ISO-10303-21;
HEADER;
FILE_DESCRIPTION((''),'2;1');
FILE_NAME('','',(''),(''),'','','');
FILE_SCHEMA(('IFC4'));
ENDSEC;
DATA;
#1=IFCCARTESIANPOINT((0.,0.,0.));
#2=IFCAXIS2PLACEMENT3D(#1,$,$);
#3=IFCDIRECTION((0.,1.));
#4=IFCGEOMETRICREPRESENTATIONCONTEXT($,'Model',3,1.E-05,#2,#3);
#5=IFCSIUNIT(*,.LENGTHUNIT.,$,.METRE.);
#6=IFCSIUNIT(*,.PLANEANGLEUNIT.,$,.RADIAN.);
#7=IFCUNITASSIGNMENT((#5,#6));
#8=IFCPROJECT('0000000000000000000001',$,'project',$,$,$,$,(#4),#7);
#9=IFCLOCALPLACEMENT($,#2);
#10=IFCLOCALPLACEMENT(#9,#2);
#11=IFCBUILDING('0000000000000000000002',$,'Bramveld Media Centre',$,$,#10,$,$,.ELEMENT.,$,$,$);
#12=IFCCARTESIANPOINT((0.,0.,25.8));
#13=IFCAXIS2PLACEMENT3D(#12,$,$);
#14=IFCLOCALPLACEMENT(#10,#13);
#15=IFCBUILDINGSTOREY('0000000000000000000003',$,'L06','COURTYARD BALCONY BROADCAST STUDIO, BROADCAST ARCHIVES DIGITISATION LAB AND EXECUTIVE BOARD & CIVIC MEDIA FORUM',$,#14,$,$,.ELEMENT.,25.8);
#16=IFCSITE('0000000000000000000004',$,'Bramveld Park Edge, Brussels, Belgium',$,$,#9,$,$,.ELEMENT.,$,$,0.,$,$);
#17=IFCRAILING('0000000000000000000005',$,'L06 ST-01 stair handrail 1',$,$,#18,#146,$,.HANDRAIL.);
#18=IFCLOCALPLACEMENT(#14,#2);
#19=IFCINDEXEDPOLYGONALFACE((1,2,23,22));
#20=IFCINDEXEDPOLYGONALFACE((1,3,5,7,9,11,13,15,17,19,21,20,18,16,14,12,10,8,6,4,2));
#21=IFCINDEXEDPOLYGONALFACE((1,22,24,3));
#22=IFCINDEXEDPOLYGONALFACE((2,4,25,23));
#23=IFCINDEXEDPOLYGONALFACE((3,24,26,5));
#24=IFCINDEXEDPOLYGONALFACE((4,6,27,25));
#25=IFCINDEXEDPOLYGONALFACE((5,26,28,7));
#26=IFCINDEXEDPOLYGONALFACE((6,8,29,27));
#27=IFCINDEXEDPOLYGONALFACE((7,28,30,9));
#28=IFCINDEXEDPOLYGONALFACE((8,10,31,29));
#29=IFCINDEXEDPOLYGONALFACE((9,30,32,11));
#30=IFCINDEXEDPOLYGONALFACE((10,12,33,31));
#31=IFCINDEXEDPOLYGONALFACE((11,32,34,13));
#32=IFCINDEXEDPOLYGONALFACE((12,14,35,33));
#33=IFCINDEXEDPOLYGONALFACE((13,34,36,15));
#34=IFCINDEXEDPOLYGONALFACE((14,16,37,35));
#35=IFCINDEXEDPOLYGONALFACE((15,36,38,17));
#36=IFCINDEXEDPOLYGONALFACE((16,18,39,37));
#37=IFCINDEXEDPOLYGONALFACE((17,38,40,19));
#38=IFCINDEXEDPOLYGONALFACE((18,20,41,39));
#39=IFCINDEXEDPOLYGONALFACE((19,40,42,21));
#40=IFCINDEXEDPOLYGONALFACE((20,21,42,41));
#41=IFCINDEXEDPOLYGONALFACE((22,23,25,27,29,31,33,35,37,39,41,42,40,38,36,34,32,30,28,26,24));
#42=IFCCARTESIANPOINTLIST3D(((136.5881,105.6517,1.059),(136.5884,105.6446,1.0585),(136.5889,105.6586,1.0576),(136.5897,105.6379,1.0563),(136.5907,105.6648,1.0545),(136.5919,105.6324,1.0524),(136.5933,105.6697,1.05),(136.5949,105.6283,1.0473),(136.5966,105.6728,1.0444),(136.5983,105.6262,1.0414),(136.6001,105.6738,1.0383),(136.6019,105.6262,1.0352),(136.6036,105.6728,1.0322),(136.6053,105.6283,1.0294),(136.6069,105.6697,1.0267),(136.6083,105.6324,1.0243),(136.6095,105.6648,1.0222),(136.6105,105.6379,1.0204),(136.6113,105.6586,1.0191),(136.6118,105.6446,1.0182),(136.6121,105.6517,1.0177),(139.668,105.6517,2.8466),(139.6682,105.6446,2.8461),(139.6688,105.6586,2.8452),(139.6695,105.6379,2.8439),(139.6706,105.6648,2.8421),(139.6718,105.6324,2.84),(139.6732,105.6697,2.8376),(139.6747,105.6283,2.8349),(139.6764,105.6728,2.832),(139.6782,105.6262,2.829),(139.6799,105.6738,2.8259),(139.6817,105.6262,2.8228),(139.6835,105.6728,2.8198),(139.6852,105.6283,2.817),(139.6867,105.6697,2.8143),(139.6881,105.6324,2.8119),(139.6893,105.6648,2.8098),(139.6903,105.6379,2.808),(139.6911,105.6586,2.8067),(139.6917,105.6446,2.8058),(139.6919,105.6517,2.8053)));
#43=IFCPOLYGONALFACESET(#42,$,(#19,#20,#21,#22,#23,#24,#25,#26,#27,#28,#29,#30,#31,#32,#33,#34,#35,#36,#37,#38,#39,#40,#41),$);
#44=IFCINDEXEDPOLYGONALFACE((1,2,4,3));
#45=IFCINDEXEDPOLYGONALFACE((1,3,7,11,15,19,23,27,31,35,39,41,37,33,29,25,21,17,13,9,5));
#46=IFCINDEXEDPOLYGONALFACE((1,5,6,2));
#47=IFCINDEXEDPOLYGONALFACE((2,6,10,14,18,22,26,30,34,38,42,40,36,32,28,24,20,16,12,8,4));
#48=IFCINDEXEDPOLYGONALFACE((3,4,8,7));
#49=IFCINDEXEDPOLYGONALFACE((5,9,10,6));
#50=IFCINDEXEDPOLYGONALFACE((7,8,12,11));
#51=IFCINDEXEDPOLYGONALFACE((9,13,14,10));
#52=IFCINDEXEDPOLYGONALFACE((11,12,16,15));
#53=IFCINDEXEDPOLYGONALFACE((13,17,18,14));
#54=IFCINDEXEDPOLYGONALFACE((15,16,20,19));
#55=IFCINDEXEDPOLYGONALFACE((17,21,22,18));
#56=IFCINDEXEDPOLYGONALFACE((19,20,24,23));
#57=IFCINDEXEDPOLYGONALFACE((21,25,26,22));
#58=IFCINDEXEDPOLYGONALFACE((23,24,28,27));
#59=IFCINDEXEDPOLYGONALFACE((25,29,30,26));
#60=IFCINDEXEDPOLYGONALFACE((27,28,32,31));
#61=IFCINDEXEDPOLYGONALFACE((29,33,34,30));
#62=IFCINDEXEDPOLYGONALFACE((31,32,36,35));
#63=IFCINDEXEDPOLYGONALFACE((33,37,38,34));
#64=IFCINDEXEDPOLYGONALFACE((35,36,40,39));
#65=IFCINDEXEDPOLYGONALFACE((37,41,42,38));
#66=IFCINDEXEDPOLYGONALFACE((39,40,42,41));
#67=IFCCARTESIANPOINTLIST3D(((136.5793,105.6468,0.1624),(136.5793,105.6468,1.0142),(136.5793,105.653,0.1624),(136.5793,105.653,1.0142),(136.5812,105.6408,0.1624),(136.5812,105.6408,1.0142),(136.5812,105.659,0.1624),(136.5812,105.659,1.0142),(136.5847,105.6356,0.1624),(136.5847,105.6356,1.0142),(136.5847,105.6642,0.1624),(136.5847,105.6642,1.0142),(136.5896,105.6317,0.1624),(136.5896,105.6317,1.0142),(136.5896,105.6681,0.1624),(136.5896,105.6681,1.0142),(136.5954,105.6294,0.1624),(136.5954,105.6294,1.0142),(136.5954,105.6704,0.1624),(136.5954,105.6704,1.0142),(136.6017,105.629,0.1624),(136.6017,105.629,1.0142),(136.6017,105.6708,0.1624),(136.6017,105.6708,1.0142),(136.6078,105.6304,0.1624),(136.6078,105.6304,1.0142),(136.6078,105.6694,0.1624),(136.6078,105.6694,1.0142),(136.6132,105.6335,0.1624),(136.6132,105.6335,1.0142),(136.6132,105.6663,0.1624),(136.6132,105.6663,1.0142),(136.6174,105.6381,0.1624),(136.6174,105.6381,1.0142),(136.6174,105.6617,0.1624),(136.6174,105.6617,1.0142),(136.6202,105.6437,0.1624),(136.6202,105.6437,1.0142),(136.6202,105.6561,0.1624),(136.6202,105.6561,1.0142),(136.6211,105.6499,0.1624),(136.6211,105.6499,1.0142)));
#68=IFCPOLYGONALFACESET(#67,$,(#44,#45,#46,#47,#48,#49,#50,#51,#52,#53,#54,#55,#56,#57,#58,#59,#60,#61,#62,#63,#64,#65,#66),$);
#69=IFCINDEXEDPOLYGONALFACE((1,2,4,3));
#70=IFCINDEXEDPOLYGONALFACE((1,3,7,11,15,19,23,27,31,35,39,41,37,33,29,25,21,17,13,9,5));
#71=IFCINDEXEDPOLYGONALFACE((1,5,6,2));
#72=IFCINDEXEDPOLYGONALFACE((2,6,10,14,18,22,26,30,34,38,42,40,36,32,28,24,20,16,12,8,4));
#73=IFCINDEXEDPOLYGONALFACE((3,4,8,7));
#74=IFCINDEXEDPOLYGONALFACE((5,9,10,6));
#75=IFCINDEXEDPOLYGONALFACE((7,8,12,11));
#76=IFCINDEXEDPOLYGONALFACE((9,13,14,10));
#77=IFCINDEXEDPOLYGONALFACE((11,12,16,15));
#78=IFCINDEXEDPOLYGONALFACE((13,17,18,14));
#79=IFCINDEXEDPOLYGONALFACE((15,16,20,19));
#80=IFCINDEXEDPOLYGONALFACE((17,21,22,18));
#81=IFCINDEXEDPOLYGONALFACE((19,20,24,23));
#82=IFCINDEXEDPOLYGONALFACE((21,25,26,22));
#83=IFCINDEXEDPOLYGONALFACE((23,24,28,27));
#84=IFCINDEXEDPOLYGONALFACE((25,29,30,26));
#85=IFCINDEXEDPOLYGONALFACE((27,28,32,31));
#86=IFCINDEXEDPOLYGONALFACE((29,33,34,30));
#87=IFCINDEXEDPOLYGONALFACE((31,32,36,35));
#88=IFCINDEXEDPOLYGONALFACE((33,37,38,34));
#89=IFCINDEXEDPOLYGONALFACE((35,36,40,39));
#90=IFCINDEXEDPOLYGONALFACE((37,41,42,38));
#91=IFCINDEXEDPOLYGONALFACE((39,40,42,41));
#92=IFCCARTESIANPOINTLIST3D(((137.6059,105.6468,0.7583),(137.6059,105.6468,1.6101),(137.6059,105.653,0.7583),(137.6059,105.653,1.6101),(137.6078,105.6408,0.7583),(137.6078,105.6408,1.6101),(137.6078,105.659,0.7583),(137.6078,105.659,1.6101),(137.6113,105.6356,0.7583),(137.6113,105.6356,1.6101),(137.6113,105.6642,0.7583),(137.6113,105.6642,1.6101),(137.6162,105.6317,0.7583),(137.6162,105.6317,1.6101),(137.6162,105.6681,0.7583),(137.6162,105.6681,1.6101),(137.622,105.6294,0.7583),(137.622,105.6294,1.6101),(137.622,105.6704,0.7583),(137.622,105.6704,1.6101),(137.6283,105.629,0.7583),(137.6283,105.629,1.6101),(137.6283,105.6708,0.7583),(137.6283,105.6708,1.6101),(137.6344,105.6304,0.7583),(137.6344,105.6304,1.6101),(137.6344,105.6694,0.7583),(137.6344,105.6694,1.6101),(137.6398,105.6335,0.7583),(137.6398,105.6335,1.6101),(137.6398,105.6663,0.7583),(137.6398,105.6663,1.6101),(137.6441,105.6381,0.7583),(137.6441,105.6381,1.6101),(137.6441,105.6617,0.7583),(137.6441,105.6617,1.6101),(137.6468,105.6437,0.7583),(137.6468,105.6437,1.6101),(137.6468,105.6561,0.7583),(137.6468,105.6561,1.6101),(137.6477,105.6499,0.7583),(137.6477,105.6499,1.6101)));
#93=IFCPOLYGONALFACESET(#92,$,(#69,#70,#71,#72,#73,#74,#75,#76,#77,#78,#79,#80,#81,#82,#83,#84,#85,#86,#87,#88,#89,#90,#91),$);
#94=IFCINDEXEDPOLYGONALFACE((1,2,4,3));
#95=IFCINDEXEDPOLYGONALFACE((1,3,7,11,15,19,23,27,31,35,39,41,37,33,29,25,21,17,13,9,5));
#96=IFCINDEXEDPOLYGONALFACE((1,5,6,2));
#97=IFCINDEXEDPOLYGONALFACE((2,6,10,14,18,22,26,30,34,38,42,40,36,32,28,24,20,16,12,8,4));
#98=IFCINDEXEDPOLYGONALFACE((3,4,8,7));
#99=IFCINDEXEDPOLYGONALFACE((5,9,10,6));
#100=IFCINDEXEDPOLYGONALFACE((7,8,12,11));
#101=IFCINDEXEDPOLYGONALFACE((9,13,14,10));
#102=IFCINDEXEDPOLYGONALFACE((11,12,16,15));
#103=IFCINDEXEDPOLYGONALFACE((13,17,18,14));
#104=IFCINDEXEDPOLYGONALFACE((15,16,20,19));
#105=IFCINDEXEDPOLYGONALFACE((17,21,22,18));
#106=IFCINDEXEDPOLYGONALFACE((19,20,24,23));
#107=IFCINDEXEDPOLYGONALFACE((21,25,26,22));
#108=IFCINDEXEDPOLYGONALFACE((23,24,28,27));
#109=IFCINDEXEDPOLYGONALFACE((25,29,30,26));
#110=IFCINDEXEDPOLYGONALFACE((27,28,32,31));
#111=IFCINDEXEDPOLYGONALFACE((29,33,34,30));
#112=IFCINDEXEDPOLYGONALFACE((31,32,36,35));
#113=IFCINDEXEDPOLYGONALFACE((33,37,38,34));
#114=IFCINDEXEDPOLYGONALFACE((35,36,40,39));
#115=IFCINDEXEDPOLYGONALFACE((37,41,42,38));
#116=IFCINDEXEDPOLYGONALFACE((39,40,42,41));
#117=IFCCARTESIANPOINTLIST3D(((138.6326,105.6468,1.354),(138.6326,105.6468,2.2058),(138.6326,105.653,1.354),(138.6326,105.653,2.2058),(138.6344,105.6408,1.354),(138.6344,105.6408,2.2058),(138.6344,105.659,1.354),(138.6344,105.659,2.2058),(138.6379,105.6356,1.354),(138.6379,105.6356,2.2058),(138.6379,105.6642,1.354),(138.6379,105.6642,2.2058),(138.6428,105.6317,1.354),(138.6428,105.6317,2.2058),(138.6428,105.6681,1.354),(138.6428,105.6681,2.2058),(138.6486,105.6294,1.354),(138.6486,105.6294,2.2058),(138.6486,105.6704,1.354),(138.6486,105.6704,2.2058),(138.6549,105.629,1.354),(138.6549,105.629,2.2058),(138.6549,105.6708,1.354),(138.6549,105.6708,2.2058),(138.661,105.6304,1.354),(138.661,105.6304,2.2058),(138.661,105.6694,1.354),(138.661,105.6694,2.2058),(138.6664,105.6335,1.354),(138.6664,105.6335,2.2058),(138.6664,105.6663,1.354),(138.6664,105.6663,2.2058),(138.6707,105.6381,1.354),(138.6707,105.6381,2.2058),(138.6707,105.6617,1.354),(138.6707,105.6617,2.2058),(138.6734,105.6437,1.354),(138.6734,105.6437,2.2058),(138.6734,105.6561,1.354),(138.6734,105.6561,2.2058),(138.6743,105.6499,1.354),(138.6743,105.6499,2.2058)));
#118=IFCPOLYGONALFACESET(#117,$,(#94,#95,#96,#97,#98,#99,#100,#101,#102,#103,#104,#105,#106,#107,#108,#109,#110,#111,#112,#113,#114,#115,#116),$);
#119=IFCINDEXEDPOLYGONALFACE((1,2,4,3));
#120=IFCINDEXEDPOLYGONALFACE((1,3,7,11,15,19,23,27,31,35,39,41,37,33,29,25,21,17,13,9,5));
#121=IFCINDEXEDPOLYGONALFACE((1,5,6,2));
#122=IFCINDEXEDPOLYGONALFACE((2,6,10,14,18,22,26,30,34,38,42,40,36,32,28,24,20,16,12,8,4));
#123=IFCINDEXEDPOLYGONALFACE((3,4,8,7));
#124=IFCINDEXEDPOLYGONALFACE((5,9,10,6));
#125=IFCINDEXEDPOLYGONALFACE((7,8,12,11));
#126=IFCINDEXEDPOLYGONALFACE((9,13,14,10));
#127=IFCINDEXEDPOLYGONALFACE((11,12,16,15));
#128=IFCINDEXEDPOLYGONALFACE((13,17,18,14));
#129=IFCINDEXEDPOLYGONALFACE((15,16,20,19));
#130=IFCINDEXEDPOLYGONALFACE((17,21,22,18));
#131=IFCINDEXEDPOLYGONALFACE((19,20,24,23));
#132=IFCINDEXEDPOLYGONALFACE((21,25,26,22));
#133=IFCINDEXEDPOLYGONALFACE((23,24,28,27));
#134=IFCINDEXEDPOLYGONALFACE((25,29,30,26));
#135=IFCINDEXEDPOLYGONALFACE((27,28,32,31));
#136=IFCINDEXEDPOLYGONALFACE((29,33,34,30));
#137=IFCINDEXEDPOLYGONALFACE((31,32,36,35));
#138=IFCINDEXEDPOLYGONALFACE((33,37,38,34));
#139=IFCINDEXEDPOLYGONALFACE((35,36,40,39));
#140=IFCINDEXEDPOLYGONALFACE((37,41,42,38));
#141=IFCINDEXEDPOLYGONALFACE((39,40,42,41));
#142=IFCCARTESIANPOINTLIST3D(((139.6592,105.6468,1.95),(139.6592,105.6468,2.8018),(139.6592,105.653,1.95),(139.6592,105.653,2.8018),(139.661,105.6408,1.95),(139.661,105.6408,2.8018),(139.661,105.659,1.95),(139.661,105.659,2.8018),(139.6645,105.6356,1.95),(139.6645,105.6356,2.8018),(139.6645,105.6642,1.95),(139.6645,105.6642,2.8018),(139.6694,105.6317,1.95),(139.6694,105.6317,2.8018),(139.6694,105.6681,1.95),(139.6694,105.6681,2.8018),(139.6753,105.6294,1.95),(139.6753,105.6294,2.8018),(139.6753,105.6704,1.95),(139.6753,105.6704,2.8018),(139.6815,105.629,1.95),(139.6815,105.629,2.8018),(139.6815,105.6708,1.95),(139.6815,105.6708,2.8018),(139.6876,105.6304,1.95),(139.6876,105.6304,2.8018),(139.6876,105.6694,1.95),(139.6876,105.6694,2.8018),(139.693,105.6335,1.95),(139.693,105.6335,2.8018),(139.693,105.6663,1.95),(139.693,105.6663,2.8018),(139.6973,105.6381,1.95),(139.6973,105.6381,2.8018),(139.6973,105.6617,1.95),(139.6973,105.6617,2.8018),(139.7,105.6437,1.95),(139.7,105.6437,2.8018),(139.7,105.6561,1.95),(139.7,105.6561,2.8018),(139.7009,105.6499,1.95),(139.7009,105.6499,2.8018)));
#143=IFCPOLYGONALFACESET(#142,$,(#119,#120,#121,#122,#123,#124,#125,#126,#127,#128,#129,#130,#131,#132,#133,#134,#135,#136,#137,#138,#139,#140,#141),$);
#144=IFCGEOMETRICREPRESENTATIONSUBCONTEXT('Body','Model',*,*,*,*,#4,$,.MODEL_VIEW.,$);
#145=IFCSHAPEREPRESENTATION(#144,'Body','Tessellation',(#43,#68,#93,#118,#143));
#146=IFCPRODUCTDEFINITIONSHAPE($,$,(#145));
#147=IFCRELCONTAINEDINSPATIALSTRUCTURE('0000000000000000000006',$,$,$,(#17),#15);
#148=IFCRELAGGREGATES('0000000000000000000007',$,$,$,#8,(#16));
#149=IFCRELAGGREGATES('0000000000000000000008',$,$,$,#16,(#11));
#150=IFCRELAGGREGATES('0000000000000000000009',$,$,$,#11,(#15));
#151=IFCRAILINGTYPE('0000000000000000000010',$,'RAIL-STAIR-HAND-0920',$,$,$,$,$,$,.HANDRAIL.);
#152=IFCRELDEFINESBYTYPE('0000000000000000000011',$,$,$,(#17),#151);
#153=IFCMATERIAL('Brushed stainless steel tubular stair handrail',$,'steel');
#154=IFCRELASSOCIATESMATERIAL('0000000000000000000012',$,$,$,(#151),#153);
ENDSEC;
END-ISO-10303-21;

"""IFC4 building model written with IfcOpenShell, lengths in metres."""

from ifc_helpers import new_model, si_unit, direction, frame, origin, origin_2d, place, context, subcontext, project, spatial, circle, extrude, material, type_object, element, save


model = new_model("IFC4")

# Units and contexts
model_context = context("Model", 3, precision=1e-05, world=origin(), true_north=direction((0.0, 1.0)))
body_context = subcontext(model_context, "Body", "Model", "MODEL_VIEW")
ifc_project = project(units=[si_unit("LENGTHUNIT", "METRE"), si_unit("PLANEANGLEUNIT", "RADIAN")], contexts=[model_context])

# Site, building, storey
site_placement = place(None, origin())
site = spatial("IfcSite", under=ifc_project, at=site_placement, Name="Bramveld Park Edge, Brussels, Belgium", CompositionType="ELEMENT", RefElevation=0.0)
building_placement = place(site_placement, origin())
building = spatial("IfcBuilding", under=site, at=building_placement, Name="Bramveld Media Centre", CompositionType="ELEMENT")
storey_placement = place(building_placement, frame((0.0, 0.0, 25.8)))
storey = spatial("IfcBuildingStorey", under=building, at=storey_placement, Name="L06", Description="COURTYARD BALCONY BROADCAST STUDIO, BROADCAST ARCHIVES DIGITISATION LAB AND EXECUTIVE BOARD & CIVIC MEDIA FORUM", CompositionType="ELEMENT", Elevation=25.8)

# Railing
ifc_material_1 = material(Name="Brushed stainless steel tubular stair handrail", Category="steel")
railing_type_1 = type_object("IfcRailingType", Name="RAIL-STAIR-HAND-0920", PredefinedType="HANDRAIL", material=ifc_material_1)
railing_1_placement = place(storey_placement, frame((136.6001, 105.6499, 0.1624)))
element("IfcRailing", 1, at=railing_1_placement, inside=storey, type_object=railing_type_1, Name="L06 ST-01 stair handrail 1", PredefinedType="HANDRAIL", context=body_context, shape_type="SweptSolid", body=[
    extrude(circle(Radius=0.0239, at=origin_2d()), frame((0.0, 0.0, 0.876), z_axis=(0.864873, 0.0, 0.50199), x_axis=(0.0, 1.0, 0.0)), (0.0, 0.0, 1.0), 3.561),
    extrude(circle(Radius=0.021, at=origin_2d()), origin(), (0.0, 0.0, 1.0), 0.8518),
    extrude(circle(Radius=0.021, at=origin_2d()), frame((1.0266, 0.0, 0.5959)), (0.0, 0.0, 1.0), 0.8518),
    extrude(circle(Radius=0.021, at=origin_2d()), frame((2.0532, 0.0, 1.1917)), (0.0, 0.0, 1.0), 0.8518),
    extrude(circle(Radius=0.021, at=origin_2d()), frame((3.0798, 0.0, 1.7876)), (0.0, 0.0, 1.0), 0.8518),
])

save(model, "model.ifc")
